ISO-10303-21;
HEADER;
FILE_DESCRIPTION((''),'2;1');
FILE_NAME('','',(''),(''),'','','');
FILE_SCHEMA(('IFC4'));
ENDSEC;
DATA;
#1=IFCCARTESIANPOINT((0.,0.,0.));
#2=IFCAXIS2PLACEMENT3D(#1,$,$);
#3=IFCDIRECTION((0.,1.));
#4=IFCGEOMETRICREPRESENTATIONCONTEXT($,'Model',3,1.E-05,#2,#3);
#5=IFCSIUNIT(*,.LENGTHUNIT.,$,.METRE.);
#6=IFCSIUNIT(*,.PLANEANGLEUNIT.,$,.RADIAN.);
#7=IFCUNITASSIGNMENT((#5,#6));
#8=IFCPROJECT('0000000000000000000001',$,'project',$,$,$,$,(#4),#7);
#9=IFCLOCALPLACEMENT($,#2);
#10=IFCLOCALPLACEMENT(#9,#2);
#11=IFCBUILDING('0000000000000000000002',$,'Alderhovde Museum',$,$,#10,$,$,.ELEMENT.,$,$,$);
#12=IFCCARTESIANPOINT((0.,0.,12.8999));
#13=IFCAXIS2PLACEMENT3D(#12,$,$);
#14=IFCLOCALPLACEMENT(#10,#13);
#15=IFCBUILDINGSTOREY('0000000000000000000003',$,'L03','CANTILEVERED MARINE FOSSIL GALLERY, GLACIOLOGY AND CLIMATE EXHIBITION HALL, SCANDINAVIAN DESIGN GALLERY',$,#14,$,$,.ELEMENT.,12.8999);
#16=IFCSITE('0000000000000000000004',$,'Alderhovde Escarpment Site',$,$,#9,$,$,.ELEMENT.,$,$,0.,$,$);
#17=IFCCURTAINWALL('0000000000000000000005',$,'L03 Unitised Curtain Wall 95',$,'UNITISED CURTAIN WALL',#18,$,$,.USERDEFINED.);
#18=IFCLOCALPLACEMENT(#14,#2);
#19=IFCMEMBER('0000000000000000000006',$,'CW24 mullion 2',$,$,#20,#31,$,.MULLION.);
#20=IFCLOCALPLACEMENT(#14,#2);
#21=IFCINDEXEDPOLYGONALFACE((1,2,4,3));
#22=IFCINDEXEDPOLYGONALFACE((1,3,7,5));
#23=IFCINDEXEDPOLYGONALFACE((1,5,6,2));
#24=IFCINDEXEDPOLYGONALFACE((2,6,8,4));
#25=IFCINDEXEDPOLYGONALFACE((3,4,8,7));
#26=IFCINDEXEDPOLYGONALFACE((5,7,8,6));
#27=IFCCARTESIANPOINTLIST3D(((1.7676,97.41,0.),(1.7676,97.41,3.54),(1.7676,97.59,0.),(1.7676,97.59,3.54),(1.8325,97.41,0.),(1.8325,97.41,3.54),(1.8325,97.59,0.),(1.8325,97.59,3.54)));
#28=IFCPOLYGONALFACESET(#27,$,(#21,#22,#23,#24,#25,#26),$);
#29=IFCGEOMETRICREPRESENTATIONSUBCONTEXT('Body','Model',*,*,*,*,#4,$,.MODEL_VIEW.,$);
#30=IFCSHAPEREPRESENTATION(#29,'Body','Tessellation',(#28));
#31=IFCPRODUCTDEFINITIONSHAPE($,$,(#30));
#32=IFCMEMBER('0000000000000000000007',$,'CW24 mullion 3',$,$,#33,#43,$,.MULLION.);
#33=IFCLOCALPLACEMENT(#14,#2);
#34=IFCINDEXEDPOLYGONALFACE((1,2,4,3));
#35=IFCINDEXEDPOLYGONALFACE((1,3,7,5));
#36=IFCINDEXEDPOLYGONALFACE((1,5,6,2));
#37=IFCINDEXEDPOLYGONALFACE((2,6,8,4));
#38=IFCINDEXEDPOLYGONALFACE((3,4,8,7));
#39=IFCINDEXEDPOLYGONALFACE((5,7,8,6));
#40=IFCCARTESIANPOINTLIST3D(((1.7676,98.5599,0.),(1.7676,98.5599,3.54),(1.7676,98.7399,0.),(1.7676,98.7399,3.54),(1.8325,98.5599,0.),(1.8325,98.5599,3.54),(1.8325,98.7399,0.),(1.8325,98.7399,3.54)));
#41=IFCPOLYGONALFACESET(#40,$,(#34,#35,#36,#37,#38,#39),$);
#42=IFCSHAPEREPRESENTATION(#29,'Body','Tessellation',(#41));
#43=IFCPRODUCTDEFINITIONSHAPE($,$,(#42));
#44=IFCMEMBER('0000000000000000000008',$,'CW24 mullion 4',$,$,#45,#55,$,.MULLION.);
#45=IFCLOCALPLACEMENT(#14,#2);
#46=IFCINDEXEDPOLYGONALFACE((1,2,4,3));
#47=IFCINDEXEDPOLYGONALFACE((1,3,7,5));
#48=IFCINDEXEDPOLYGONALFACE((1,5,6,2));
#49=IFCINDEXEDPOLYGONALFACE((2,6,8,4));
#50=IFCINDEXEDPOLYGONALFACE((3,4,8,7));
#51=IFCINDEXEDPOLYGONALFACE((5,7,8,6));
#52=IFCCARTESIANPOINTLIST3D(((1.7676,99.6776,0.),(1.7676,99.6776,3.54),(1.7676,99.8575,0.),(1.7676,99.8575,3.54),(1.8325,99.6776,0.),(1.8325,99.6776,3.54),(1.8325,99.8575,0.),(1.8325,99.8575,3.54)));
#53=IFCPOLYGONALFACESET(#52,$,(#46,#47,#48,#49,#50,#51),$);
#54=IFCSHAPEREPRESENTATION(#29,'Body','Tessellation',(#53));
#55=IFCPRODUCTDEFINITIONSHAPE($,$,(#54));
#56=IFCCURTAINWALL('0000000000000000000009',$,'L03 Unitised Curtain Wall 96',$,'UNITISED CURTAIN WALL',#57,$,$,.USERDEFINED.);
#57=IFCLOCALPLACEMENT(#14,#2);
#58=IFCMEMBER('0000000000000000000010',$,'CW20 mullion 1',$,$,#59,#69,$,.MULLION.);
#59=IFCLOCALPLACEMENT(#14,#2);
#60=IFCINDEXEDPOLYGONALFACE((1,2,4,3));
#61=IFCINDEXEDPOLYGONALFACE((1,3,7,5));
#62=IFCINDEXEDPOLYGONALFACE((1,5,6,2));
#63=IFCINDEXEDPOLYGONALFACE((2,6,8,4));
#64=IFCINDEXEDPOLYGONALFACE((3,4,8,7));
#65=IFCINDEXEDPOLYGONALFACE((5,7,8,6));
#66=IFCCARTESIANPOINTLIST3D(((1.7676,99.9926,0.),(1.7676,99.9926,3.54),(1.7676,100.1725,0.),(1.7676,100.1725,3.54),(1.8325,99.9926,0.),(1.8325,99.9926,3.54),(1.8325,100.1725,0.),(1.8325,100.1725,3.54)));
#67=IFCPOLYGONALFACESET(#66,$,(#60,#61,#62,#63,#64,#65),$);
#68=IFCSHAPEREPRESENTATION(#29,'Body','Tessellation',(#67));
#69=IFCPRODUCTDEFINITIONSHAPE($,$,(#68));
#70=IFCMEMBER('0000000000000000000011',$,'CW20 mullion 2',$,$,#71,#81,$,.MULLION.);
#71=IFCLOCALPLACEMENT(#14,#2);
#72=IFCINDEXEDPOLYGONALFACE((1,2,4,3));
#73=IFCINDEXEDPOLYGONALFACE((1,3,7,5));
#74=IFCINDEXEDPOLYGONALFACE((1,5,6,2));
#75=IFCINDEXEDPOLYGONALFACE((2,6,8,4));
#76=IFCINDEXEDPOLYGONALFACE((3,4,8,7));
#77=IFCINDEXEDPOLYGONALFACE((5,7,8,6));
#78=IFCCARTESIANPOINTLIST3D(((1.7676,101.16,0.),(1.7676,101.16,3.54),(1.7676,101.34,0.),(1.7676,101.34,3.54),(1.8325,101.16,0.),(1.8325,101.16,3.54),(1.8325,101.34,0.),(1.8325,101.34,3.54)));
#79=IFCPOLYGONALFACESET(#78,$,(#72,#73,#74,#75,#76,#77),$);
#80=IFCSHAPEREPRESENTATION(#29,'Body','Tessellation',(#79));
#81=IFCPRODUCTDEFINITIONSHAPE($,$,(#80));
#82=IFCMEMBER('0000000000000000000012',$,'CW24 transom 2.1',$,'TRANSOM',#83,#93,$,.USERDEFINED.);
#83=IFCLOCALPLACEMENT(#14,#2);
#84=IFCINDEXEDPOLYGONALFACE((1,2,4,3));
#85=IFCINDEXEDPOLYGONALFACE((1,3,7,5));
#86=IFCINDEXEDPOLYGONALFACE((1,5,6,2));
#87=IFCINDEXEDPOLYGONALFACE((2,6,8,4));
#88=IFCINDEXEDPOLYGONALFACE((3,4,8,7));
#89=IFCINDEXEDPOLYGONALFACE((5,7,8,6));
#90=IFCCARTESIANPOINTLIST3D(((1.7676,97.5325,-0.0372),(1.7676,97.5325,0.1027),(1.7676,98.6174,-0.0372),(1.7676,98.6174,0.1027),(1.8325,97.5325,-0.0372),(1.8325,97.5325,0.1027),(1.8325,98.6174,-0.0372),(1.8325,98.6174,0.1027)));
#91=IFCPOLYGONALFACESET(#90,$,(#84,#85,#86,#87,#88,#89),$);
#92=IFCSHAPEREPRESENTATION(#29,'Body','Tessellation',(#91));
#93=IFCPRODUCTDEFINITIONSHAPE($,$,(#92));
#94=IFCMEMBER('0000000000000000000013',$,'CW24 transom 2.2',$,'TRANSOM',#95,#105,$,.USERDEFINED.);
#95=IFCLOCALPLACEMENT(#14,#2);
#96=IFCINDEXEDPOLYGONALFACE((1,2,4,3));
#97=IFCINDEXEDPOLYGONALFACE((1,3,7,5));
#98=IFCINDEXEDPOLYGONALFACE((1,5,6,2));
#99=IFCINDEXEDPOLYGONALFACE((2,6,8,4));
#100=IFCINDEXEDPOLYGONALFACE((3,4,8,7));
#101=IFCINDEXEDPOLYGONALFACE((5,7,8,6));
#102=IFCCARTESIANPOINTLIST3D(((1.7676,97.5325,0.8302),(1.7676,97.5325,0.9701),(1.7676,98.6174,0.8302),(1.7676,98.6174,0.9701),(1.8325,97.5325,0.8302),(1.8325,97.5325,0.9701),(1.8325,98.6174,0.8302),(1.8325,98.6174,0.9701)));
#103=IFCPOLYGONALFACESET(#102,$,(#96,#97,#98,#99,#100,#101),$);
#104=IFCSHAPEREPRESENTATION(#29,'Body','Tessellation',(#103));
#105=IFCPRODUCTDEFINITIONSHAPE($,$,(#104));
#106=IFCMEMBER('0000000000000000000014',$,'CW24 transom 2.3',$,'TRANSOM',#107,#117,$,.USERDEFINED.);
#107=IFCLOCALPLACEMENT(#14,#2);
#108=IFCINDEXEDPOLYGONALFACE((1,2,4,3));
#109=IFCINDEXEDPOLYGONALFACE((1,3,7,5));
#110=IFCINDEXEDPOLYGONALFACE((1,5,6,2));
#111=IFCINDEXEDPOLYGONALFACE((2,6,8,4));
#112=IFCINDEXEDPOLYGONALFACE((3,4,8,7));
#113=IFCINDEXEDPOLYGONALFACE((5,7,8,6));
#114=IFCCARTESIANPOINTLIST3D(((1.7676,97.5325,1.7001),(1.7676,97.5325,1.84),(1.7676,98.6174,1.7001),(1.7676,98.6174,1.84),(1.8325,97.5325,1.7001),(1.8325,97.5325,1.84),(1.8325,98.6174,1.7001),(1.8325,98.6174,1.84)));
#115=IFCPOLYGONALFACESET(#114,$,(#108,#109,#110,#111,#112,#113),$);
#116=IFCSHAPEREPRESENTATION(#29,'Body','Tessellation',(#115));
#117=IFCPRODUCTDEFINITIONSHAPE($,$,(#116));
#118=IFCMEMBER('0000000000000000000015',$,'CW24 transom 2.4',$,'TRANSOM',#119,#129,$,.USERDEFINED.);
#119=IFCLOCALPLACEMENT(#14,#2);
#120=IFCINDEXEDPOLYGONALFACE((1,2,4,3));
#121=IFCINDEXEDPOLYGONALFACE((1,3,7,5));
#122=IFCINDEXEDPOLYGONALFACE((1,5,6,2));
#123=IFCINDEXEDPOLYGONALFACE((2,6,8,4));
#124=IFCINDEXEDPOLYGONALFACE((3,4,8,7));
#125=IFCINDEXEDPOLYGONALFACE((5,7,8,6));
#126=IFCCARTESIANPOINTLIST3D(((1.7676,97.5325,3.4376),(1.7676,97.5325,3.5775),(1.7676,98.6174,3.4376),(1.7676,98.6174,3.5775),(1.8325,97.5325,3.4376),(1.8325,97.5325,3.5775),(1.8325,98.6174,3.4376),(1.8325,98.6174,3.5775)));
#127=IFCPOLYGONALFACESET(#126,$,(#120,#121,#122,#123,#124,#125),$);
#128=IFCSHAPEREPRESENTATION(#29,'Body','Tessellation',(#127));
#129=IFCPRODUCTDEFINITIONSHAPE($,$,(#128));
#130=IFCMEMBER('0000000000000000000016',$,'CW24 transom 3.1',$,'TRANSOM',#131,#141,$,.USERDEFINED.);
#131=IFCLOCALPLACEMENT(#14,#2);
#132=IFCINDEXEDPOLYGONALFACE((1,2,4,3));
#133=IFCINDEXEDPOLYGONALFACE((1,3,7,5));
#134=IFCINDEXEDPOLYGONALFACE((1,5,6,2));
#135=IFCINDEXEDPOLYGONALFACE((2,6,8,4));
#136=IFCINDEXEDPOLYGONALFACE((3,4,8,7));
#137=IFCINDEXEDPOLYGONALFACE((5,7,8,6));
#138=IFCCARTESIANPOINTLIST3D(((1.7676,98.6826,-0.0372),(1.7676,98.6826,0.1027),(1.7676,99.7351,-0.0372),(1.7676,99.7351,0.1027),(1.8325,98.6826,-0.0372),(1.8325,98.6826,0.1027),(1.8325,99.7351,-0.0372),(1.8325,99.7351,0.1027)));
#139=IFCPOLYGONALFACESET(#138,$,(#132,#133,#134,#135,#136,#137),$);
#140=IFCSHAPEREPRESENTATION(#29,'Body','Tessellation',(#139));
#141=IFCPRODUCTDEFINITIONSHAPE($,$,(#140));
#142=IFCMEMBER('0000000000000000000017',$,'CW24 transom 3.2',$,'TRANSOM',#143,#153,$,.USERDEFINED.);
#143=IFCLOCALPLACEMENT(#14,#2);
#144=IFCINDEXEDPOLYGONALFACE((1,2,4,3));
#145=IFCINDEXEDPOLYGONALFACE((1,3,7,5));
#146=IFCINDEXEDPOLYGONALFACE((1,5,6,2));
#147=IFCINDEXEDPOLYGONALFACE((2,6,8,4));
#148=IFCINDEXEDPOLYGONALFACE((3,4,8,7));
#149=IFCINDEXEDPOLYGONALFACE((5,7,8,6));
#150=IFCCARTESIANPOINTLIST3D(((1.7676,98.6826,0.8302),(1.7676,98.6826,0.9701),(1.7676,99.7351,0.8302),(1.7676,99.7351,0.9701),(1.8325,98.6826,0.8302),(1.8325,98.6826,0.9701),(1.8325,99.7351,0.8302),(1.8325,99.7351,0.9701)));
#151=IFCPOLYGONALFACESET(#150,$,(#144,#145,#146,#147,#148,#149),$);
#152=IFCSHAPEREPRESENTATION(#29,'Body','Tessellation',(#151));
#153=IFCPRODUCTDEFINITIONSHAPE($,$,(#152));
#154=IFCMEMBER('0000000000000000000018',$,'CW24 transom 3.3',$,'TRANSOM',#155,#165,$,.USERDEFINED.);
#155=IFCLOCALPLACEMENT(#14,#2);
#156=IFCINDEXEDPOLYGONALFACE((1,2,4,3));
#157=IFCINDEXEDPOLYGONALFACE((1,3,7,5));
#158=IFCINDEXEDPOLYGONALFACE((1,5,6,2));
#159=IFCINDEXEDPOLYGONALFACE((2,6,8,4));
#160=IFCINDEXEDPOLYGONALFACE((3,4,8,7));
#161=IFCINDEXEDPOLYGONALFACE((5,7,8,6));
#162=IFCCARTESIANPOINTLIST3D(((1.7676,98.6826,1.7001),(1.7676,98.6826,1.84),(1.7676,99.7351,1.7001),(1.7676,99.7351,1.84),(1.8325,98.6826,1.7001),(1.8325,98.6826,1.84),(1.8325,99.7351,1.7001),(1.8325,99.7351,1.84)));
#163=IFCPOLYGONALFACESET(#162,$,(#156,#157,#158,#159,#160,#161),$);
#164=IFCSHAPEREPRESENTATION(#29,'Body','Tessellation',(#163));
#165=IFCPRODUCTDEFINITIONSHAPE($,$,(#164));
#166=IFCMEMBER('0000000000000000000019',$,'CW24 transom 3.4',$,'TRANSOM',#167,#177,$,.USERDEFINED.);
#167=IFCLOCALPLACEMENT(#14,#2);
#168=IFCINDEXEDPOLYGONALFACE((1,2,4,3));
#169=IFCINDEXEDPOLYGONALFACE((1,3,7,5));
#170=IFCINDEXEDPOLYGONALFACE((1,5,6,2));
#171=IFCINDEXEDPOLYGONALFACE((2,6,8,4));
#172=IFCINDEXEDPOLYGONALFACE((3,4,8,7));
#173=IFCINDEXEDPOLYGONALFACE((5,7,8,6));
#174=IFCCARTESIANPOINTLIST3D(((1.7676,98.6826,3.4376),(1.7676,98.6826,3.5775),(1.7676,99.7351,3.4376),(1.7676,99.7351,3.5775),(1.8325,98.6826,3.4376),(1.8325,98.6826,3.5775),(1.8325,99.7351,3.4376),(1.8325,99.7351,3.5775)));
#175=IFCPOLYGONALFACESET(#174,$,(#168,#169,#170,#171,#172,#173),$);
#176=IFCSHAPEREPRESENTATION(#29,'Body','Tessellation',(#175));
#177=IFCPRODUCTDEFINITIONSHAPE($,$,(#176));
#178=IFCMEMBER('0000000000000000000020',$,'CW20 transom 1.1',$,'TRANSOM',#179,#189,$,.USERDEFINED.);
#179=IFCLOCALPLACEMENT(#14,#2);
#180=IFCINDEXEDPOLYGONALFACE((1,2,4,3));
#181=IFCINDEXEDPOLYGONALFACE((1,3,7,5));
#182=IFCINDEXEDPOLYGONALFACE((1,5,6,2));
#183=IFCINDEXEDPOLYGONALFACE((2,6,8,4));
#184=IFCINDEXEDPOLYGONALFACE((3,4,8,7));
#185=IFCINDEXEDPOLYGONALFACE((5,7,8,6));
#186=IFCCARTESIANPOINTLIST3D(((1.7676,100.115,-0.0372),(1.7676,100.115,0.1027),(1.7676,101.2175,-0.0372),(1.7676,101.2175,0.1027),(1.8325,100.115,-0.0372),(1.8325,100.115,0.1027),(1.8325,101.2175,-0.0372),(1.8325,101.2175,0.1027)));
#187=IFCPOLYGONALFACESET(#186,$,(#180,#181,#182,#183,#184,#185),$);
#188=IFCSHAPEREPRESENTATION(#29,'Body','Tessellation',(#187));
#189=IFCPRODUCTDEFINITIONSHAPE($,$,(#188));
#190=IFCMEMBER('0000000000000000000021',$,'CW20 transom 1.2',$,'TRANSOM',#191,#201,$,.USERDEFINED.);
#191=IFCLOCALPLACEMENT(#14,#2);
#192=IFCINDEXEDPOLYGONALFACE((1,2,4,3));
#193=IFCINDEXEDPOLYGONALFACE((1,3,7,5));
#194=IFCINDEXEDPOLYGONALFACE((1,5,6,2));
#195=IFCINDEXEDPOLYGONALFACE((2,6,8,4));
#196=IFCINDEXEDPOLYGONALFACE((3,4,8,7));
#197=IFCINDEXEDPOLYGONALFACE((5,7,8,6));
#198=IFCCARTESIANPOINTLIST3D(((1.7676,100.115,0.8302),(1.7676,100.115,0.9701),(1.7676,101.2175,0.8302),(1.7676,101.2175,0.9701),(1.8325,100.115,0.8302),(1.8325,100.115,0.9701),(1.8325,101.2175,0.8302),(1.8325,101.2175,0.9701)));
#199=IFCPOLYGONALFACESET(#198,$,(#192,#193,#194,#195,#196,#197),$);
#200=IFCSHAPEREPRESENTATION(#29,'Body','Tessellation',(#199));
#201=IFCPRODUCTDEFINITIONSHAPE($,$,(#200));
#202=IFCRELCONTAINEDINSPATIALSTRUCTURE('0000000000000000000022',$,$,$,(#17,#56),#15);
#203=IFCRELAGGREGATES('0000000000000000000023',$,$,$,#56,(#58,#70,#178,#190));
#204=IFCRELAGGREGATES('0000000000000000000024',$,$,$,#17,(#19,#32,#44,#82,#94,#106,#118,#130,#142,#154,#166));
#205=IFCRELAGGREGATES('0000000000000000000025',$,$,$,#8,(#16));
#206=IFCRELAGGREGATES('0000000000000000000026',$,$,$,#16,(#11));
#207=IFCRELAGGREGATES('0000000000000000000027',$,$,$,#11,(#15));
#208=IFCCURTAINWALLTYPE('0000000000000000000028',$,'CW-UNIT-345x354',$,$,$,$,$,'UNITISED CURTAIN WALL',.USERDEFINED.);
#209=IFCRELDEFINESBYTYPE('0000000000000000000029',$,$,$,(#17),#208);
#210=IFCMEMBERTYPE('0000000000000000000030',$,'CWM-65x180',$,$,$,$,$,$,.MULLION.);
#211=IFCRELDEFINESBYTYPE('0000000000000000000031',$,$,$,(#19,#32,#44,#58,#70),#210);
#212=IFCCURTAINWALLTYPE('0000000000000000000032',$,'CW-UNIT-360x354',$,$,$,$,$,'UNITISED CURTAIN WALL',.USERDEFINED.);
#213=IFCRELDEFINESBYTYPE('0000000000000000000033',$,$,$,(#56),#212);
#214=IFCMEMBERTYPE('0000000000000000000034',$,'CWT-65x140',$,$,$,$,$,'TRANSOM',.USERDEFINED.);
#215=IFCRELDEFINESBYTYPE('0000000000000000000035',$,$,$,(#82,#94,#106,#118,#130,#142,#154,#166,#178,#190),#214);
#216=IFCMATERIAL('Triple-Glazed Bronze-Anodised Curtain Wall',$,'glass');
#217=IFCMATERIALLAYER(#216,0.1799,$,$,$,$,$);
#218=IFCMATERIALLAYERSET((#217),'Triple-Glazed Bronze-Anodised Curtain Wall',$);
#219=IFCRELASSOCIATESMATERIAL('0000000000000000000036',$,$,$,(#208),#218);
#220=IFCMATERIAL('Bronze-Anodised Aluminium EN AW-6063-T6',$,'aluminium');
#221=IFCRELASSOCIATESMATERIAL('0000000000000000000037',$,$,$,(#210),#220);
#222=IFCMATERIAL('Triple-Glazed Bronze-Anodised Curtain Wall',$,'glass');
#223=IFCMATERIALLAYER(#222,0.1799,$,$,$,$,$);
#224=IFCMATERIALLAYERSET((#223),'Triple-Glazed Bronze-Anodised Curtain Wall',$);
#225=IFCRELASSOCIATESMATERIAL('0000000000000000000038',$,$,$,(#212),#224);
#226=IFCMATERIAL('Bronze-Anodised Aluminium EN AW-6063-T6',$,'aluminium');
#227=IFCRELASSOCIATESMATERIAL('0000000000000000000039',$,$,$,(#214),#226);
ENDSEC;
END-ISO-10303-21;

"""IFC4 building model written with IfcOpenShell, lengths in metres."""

from ifc_helpers import new_model, si_unit, direction, frame, origin, origin_2d, place, context, subcontext, project, spatial, rectangle, extrude, material, layer, layer_set, material_profile, profile_set, type_object, element, aggregate, save


model = new_model("IFC4")

# Units and contexts
model_context = context("Model", 3, precision=1e-05, world=origin(), true_north=direction((0.0, 1.0)))
body_context = subcontext(model_context, "Body", "Model", "MODEL_VIEW")
ifc_project = project(units=[si_unit("LENGTHUNIT", "METRE"), si_unit("PLANEANGLEUNIT", "RADIAN")], contexts=[model_context])

# Site, building, storey
site_placement = place(None, origin())
site = spatial("IfcSite", under=ifc_project, at=site_placement, Name="Alderhovde Escarpment Site", CompositionType="ELEMENT", RefElevation=0.0)
building_placement = place(site_placement, origin())
building = spatial("IfcBuilding", under=site, at=building_placement, Name="Alderhovde Museum", CompositionType="ELEMENT")
storey_placement = place(building_placement, frame((0.0, 0.0, 12.8999)))
storey = spatial("IfcBuildingStorey", under=building, at=storey_placement, Name="L03", Description="CANTILEVERED MARINE FOSSIL GALLERY, GLACIOLOGY AND CLIMATE EXHIBITION HALL, SCANDINAVIAN DESIGN GALLERY", CompositionType="ELEMENT", Elevation=12.8999)

# Curtain walls, members
ifc_material_1 = material(Name="Triple-Glazed Bronze-Anodised Curtain Wall", Category="glass")
ifc_layer_1 = layer(ifc_material_1, 0.1799)
ifc_layer_set_1 = layer_set([ifc_layer_1], Name="Triple-Glazed Bronze-Anodised Curtain Wall")
curtain_wall_type_1 = type_object("IfcCurtainWallType", Name="CW-UNIT-345x354", ElementType="UNITISED CURTAIN WALL", PredefinedType="USERDEFINED", material=ifc_layer_set_1)
curtain_wall_1_placement = place(storey_placement, origin())
curtain_wall_1 = element("IfcCurtainWall", 1, at=curtain_wall_1_placement, inside=storey, type_object=curtain_wall_type_1, Name="L03 Unitised Curtain Wall 95", ObjectType="UNITISED CURTAIN WALL", PredefinedType="USERDEFINED")
ifc_material_2 = material(Name="Bronze-Anodised Aluminium EN AW-6063-T6", Category="aluminium")
ifc_material_profile_1 = material_profile(ifc_material_2, rectangle(XDim=0.0649, YDim=0.1799, at=origin_2d()), Name="MULLION 65x180")
ifc_profile_set_1 = profile_set([ifc_material_profile_1], Name="Bronze-Anodised Aluminium EN AW-6063-T6")
member_type_1 = type_object("IfcMemberType", Name="CWM-65x180", PredefinedType="MULLION", material=ifc_profile_set_1)
member_1_placement = place(storey_placement, frame((1.8, 97.5, 0.0), z_axis=(0.0, 0.0, 1.0), x_axis=(-1.0, 0.0, 0.0)))
member_1 = element("IfcMember", 2, at=member_1_placement, type_object=member_type_1, Name="CW24 mullion 2", PredefinedType="MULLION", context=body_context, shape_type="SweptSolid", body=[
    extrude(rectangle(XDim=0.0649, YDim=0.1799, at=origin_2d()), origin(), (0.0, 0.0, 1.0), 3.54),
])
member_2_placement = place(storey_placement, frame((1.8, 98.6499, 0.0), z_axis=(0.0, 0.0, 1.0), x_axis=(-1.0, 0.0, 0.0)))
member_2 = element("IfcMember", 3, at=member_2_placement, type_object=member_type_1, Name="CW24 mullion 3", PredefinedType="MULLION", context=body_context, shape_type="SweptSolid", body=[
    extrude(rectangle(XDim=0.0649, YDim=0.1799, at=origin_2d()), origin(), (0.0, 0.0, 1.0), 3.54),
])
member_3_placement = place(storey_placement, frame((1.8, 99.7676, 0.0), z_axis=(0.0, 0.0, 1.0), x_axis=(-1.0, 0.0, 0.0)))
member_3 = element("IfcMember", 4, at=member_3_placement, type_object=member_type_1, Name="CW24 mullion 4", PredefinedType="MULLION", context=body_context, shape_type="SweptSolid", body=[
    extrude(rectangle(XDim=0.0649, YDim=0.1799, at=origin_2d()), origin(), (0.0, 0.0, 1.0), 3.54),
])
ifc_material_3 = material(Name="Triple-Glazed Bronze-Anodised Curtain Wall", Category="glass")
ifc_layer_2 = layer(ifc_material_3, 0.1799)
ifc_layer_set_2 = layer_set([ifc_layer_2], Name="Triple-Glazed Bronze-Anodised Curtain Wall")
curtain_wall_type_2 = type_object("IfcCurtainWallType", Name="CW-UNIT-360x354", ElementType="UNITISED CURTAIN WALL", PredefinedType="USERDEFINED", material=ifc_layer_set_2)
curtain_wall_2_placement = place(storey_placement, origin())
curtain_wall_2 = element("IfcCurtainWall", 5, at=curtain_wall_2_placement, inside=storey, type_object=curtain_wall_type_2, Name="L03 Unitised Curtain Wall 96", ObjectType="UNITISED CURTAIN WALL", PredefinedType="USERDEFINED")
member_4_placement = place(storey_placement, frame((1.8, 100.0825, 0.0), z_axis=(0.0, 0.0, 1.0), x_axis=(-1.0, 0.0, 0.0)))
member_4 = element("IfcMember", 6, at=member_4_placement, type_object=member_type_1, Name="CW20 mullion 1", PredefinedType="MULLION", context=body_context, shape_type="SweptSolid", body=[
    extrude(rectangle(XDim=0.0649, YDim=0.1799, at=origin_2d()), origin(), (0.0, 0.0, 1.0), 3.54),
])
member_5_placement = place(storey_placement, frame((1.8, 101.25, 0.0), z_axis=(0.0, 0.0, 1.0), x_axis=(-1.0, 0.0, 0.0)))
member_5 = element("IfcMember", 7, at=member_5_placement, type_object=member_type_1, Name="CW20 mullion 2", PredefinedType="MULLION", context=body_context, shape_type="SweptSolid", body=[
    extrude(rectangle(XDim=0.0649, YDim=0.1799, at=origin_2d()), origin(), (0.0, 0.0, 1.0), 3.54),
])

# Members
ifc_material_4 = material(Name="Bronze-Anodised Aluminium EN AW-6063-T6", Category="aluminium")
ifc_material_profile_2 = material_profile(ifc_material_4, rectangle(XDim=0.0649, YDim=0.1399, at=origin_2d()), Name="TRANSOM 65x140")
ifc_profile_set_2 = profile_set([ifc_material_profile_2], Name="Bronze-Anodised Aluminium EN AW-6063-T6")
member_type_2 = type_object("IfcMemberType", Name="CWT-65x140", ElementType="TRANSOM", PredefinedType="USERDEFINED", material=ifc_profile_set_2)
member_6_placement = place(storey_placement, frame((1.8, 97.5325, 0.0327), z_axis=(0.0, 1.0, 0.0), x_axis=(-1.0, 0.0, 0.0)))
member_6 = element("IfcMember", 8, at=member_6_placement, type_object=member_type_2, Name="CW24 transom 2.1", ObjectType="TRANSOM", PredefinedType="USERDEFINED", context=body_context, shape_type="SweptSolid", body=[
    extrude(rectangle(XDim=0.0649, YDim=0.1399, at=origin_2d()), origin(), (0.0, 0.0, 1.0), 1.085),
])
member_7_placement = place(storey_placement, frame((1.8, 97.5325, 0.9001), z_axis=(0.0, 1.0, 0.0), x_axis=(-1.0, 0.0, 0.0)))
member_7 = element("IfcMember", 9, at=member_7_placement, type_object=member_type_2, Name="CW24 transom 2.2", ObjectType="TRANSOM", PredefinedType="USERDEFINED", context=body_context, shape_type="SweptSolid", body=[
    extrude(rectangle(XDim=0.0649, YDim=0.1399, at=origin_2d()), origin(), (0.0, 0.0, 1.0), 1.085),
])
member_8_placement = place(storey_placement, frame((1.8, 97.5325, 1.77), z_axis=(0.0, 1.0, 0.0), x_axis=(-1.0, 0.0, 0.0)))
member_8 = element("IfcMember", 10, at=member_8_placement, type_object=member_type_2, Name="CW24 transom 2.3", ObjectType="TRANSOM", PredefinedType="USERDEFINED", context=body_context, shape_type="SweptSolid", body=[
    extrude(rectangle(XDim=0.0649, YDim=0.1399, at=origin_2d()), origin(), (0.0, 0.0, 1.0), 1.085),
])
member_9_placement = place(storey_placement, frame((1.8, 97.5325, 3.5076), z_axis=(0.0, 1.0, 0.0), x_axis=(-1.0, 0.0, 0.0)))
member_9 = element("IfcMember", 11, at=member_9_placement, type_object=member_type_2, Name="CW24 transom 2.4", ObjectType="TRANSOM", PredefinedType="USERDEFINED", context=body_context, shape_type="SweptSolid", body=[
    extrude(rectangle(XDim=0.0649, YDim=0.1399, at=origin_2d()), origin(), (0.0, 0.0, 1.0), 1.085),
])
member_10_placement = place(storey_placement, frame((1.8, 98.6826, 0.0327), z_axis=(0.0, 1.0, 0.0), x_axis=(-1.0, 0.0, 0.0)))
member_10 = element("IfcMember", 12, at=member_10_placement, type_object=member_type_2, Name="CW24 transom 3.1", ObjectType="TRANSOM", PredefinedType="USERDEFINED", context=body_context, shape_type="SweptSolid", body=[
    extrude(rectangle(XDim=0.0649, YDim=0.1399, at=origin_2d()), origin(), (0.0, 0.0, 1.0), 1.0525),
])
member_11_placement = place(storey_placement, frame((1.8, 98.6826, 0.9001), z_axis=(0.0, 1.0, 0.0), x_axis=(-1.0, 0.0, 0.0)))
member_11 = element("IfcMember", 13, at=member_11_placement, type_object=member_type_2, Name="CW24 transom 3.2", ObjectType="TRANSOM", PredefinedType="USERDEFINED", context=body_context, shape_type="SweptSolid", body=[
    extrude(rectangle(XDim=0.0649, YDim=0.1399, at=origin_2d()), origin(), (0.0, 0.0, 1.0), 1.0525),
])
member_12_placement = place(storey_placement, frame((1.8, 98.6826, 1.77), z_axis=(0.0, 1.0, 0.0), x_axis=(-1.0, 0.0, 0.0)))
member_12 = element("IfcMember", 14, at=member_12_placement, type_object=member_type_2, Name="CW24 transom 3.3", ObjectType="TRANSOM", PredefinedType="USERDEFINED", context=body_context, shape_type="SweptSolid", body=[
    extrude(rectangle(XDim=0.0649, YDim=0.1399, at=origin_2d()), origin(), (0.0, 0.0, 1.0), 1.0525),
])
member_13_placement = place(storey_placement, frame((1.8, 98.6826, 3.5076), z_axis=(0.0, 1.0, 0.0), x_axis=(-1.0, 0.0, 0.0)))
member_13 = element("IfcMember", 15, at=member_13_placement, type_object=member_type_2, Name="CW24 transom 3.4", ObjectType="TRANSOM", PredefinedType="USERDEFINED", context=body_context, shape_type="SweptSolid", body=[
    extrude(rectangle(XDim=0.0649, YDim=0.1399, at=origin_2d()), origin(), (0.0, 0.0, 1.0), 1.0525),
])
member_14_placement = place(storey_placement, frame((1.8, 100.115, 0.0327), z_axis=(0.0, 1.0, 0.0), x_axis=(-1.0, 0.0, 0.0)))
member_14 = element("IfcMember", 16, at=member_14_placement, type_object=member_type_2, Name="CW20 transom 1.1", ObjectType="TRANSOM", PredefinedType="USERDEFINED", context=body_context, shape_type="SweptSolid", body=[
    extrude(rectangle(XDim=0.0649, YDim=0.1399, at=origin_2d()), origin(), (0.0, 0.0, 1.0), 1.1025),
])
member_15_placement = place(storey_placement, frame((1.8, 100.115, 0.9001), z_axis=(0.0, 1.0, 0.0), x_axis=(-1.0, 0.0, 0.0)))
member_15 = element("IfcMember", 17, at=member_15_placement, type_object=member_type_2, Name="CW20 transom 1.2", ObjectType="TRANSOM", PredefinedType="USERDEFINED", context=body_context, shape_type="SweptSolid", body=[
    extrude(rectangle(XDim=0.0649, YDim=0.1399, at=origin_2d()), origin(), (0.0, 0.0, 1.0), 1.1025),
])

aggregate(curtain_wall_2, [member_4, member_5, member_14, member_15])
aggregate(curtain_wall_1, [member_1, member_2, member_3, member_6, member_7, member_8, member_9, member_10, member_11, member_12, member_13])

save(model, "model.ifc")
